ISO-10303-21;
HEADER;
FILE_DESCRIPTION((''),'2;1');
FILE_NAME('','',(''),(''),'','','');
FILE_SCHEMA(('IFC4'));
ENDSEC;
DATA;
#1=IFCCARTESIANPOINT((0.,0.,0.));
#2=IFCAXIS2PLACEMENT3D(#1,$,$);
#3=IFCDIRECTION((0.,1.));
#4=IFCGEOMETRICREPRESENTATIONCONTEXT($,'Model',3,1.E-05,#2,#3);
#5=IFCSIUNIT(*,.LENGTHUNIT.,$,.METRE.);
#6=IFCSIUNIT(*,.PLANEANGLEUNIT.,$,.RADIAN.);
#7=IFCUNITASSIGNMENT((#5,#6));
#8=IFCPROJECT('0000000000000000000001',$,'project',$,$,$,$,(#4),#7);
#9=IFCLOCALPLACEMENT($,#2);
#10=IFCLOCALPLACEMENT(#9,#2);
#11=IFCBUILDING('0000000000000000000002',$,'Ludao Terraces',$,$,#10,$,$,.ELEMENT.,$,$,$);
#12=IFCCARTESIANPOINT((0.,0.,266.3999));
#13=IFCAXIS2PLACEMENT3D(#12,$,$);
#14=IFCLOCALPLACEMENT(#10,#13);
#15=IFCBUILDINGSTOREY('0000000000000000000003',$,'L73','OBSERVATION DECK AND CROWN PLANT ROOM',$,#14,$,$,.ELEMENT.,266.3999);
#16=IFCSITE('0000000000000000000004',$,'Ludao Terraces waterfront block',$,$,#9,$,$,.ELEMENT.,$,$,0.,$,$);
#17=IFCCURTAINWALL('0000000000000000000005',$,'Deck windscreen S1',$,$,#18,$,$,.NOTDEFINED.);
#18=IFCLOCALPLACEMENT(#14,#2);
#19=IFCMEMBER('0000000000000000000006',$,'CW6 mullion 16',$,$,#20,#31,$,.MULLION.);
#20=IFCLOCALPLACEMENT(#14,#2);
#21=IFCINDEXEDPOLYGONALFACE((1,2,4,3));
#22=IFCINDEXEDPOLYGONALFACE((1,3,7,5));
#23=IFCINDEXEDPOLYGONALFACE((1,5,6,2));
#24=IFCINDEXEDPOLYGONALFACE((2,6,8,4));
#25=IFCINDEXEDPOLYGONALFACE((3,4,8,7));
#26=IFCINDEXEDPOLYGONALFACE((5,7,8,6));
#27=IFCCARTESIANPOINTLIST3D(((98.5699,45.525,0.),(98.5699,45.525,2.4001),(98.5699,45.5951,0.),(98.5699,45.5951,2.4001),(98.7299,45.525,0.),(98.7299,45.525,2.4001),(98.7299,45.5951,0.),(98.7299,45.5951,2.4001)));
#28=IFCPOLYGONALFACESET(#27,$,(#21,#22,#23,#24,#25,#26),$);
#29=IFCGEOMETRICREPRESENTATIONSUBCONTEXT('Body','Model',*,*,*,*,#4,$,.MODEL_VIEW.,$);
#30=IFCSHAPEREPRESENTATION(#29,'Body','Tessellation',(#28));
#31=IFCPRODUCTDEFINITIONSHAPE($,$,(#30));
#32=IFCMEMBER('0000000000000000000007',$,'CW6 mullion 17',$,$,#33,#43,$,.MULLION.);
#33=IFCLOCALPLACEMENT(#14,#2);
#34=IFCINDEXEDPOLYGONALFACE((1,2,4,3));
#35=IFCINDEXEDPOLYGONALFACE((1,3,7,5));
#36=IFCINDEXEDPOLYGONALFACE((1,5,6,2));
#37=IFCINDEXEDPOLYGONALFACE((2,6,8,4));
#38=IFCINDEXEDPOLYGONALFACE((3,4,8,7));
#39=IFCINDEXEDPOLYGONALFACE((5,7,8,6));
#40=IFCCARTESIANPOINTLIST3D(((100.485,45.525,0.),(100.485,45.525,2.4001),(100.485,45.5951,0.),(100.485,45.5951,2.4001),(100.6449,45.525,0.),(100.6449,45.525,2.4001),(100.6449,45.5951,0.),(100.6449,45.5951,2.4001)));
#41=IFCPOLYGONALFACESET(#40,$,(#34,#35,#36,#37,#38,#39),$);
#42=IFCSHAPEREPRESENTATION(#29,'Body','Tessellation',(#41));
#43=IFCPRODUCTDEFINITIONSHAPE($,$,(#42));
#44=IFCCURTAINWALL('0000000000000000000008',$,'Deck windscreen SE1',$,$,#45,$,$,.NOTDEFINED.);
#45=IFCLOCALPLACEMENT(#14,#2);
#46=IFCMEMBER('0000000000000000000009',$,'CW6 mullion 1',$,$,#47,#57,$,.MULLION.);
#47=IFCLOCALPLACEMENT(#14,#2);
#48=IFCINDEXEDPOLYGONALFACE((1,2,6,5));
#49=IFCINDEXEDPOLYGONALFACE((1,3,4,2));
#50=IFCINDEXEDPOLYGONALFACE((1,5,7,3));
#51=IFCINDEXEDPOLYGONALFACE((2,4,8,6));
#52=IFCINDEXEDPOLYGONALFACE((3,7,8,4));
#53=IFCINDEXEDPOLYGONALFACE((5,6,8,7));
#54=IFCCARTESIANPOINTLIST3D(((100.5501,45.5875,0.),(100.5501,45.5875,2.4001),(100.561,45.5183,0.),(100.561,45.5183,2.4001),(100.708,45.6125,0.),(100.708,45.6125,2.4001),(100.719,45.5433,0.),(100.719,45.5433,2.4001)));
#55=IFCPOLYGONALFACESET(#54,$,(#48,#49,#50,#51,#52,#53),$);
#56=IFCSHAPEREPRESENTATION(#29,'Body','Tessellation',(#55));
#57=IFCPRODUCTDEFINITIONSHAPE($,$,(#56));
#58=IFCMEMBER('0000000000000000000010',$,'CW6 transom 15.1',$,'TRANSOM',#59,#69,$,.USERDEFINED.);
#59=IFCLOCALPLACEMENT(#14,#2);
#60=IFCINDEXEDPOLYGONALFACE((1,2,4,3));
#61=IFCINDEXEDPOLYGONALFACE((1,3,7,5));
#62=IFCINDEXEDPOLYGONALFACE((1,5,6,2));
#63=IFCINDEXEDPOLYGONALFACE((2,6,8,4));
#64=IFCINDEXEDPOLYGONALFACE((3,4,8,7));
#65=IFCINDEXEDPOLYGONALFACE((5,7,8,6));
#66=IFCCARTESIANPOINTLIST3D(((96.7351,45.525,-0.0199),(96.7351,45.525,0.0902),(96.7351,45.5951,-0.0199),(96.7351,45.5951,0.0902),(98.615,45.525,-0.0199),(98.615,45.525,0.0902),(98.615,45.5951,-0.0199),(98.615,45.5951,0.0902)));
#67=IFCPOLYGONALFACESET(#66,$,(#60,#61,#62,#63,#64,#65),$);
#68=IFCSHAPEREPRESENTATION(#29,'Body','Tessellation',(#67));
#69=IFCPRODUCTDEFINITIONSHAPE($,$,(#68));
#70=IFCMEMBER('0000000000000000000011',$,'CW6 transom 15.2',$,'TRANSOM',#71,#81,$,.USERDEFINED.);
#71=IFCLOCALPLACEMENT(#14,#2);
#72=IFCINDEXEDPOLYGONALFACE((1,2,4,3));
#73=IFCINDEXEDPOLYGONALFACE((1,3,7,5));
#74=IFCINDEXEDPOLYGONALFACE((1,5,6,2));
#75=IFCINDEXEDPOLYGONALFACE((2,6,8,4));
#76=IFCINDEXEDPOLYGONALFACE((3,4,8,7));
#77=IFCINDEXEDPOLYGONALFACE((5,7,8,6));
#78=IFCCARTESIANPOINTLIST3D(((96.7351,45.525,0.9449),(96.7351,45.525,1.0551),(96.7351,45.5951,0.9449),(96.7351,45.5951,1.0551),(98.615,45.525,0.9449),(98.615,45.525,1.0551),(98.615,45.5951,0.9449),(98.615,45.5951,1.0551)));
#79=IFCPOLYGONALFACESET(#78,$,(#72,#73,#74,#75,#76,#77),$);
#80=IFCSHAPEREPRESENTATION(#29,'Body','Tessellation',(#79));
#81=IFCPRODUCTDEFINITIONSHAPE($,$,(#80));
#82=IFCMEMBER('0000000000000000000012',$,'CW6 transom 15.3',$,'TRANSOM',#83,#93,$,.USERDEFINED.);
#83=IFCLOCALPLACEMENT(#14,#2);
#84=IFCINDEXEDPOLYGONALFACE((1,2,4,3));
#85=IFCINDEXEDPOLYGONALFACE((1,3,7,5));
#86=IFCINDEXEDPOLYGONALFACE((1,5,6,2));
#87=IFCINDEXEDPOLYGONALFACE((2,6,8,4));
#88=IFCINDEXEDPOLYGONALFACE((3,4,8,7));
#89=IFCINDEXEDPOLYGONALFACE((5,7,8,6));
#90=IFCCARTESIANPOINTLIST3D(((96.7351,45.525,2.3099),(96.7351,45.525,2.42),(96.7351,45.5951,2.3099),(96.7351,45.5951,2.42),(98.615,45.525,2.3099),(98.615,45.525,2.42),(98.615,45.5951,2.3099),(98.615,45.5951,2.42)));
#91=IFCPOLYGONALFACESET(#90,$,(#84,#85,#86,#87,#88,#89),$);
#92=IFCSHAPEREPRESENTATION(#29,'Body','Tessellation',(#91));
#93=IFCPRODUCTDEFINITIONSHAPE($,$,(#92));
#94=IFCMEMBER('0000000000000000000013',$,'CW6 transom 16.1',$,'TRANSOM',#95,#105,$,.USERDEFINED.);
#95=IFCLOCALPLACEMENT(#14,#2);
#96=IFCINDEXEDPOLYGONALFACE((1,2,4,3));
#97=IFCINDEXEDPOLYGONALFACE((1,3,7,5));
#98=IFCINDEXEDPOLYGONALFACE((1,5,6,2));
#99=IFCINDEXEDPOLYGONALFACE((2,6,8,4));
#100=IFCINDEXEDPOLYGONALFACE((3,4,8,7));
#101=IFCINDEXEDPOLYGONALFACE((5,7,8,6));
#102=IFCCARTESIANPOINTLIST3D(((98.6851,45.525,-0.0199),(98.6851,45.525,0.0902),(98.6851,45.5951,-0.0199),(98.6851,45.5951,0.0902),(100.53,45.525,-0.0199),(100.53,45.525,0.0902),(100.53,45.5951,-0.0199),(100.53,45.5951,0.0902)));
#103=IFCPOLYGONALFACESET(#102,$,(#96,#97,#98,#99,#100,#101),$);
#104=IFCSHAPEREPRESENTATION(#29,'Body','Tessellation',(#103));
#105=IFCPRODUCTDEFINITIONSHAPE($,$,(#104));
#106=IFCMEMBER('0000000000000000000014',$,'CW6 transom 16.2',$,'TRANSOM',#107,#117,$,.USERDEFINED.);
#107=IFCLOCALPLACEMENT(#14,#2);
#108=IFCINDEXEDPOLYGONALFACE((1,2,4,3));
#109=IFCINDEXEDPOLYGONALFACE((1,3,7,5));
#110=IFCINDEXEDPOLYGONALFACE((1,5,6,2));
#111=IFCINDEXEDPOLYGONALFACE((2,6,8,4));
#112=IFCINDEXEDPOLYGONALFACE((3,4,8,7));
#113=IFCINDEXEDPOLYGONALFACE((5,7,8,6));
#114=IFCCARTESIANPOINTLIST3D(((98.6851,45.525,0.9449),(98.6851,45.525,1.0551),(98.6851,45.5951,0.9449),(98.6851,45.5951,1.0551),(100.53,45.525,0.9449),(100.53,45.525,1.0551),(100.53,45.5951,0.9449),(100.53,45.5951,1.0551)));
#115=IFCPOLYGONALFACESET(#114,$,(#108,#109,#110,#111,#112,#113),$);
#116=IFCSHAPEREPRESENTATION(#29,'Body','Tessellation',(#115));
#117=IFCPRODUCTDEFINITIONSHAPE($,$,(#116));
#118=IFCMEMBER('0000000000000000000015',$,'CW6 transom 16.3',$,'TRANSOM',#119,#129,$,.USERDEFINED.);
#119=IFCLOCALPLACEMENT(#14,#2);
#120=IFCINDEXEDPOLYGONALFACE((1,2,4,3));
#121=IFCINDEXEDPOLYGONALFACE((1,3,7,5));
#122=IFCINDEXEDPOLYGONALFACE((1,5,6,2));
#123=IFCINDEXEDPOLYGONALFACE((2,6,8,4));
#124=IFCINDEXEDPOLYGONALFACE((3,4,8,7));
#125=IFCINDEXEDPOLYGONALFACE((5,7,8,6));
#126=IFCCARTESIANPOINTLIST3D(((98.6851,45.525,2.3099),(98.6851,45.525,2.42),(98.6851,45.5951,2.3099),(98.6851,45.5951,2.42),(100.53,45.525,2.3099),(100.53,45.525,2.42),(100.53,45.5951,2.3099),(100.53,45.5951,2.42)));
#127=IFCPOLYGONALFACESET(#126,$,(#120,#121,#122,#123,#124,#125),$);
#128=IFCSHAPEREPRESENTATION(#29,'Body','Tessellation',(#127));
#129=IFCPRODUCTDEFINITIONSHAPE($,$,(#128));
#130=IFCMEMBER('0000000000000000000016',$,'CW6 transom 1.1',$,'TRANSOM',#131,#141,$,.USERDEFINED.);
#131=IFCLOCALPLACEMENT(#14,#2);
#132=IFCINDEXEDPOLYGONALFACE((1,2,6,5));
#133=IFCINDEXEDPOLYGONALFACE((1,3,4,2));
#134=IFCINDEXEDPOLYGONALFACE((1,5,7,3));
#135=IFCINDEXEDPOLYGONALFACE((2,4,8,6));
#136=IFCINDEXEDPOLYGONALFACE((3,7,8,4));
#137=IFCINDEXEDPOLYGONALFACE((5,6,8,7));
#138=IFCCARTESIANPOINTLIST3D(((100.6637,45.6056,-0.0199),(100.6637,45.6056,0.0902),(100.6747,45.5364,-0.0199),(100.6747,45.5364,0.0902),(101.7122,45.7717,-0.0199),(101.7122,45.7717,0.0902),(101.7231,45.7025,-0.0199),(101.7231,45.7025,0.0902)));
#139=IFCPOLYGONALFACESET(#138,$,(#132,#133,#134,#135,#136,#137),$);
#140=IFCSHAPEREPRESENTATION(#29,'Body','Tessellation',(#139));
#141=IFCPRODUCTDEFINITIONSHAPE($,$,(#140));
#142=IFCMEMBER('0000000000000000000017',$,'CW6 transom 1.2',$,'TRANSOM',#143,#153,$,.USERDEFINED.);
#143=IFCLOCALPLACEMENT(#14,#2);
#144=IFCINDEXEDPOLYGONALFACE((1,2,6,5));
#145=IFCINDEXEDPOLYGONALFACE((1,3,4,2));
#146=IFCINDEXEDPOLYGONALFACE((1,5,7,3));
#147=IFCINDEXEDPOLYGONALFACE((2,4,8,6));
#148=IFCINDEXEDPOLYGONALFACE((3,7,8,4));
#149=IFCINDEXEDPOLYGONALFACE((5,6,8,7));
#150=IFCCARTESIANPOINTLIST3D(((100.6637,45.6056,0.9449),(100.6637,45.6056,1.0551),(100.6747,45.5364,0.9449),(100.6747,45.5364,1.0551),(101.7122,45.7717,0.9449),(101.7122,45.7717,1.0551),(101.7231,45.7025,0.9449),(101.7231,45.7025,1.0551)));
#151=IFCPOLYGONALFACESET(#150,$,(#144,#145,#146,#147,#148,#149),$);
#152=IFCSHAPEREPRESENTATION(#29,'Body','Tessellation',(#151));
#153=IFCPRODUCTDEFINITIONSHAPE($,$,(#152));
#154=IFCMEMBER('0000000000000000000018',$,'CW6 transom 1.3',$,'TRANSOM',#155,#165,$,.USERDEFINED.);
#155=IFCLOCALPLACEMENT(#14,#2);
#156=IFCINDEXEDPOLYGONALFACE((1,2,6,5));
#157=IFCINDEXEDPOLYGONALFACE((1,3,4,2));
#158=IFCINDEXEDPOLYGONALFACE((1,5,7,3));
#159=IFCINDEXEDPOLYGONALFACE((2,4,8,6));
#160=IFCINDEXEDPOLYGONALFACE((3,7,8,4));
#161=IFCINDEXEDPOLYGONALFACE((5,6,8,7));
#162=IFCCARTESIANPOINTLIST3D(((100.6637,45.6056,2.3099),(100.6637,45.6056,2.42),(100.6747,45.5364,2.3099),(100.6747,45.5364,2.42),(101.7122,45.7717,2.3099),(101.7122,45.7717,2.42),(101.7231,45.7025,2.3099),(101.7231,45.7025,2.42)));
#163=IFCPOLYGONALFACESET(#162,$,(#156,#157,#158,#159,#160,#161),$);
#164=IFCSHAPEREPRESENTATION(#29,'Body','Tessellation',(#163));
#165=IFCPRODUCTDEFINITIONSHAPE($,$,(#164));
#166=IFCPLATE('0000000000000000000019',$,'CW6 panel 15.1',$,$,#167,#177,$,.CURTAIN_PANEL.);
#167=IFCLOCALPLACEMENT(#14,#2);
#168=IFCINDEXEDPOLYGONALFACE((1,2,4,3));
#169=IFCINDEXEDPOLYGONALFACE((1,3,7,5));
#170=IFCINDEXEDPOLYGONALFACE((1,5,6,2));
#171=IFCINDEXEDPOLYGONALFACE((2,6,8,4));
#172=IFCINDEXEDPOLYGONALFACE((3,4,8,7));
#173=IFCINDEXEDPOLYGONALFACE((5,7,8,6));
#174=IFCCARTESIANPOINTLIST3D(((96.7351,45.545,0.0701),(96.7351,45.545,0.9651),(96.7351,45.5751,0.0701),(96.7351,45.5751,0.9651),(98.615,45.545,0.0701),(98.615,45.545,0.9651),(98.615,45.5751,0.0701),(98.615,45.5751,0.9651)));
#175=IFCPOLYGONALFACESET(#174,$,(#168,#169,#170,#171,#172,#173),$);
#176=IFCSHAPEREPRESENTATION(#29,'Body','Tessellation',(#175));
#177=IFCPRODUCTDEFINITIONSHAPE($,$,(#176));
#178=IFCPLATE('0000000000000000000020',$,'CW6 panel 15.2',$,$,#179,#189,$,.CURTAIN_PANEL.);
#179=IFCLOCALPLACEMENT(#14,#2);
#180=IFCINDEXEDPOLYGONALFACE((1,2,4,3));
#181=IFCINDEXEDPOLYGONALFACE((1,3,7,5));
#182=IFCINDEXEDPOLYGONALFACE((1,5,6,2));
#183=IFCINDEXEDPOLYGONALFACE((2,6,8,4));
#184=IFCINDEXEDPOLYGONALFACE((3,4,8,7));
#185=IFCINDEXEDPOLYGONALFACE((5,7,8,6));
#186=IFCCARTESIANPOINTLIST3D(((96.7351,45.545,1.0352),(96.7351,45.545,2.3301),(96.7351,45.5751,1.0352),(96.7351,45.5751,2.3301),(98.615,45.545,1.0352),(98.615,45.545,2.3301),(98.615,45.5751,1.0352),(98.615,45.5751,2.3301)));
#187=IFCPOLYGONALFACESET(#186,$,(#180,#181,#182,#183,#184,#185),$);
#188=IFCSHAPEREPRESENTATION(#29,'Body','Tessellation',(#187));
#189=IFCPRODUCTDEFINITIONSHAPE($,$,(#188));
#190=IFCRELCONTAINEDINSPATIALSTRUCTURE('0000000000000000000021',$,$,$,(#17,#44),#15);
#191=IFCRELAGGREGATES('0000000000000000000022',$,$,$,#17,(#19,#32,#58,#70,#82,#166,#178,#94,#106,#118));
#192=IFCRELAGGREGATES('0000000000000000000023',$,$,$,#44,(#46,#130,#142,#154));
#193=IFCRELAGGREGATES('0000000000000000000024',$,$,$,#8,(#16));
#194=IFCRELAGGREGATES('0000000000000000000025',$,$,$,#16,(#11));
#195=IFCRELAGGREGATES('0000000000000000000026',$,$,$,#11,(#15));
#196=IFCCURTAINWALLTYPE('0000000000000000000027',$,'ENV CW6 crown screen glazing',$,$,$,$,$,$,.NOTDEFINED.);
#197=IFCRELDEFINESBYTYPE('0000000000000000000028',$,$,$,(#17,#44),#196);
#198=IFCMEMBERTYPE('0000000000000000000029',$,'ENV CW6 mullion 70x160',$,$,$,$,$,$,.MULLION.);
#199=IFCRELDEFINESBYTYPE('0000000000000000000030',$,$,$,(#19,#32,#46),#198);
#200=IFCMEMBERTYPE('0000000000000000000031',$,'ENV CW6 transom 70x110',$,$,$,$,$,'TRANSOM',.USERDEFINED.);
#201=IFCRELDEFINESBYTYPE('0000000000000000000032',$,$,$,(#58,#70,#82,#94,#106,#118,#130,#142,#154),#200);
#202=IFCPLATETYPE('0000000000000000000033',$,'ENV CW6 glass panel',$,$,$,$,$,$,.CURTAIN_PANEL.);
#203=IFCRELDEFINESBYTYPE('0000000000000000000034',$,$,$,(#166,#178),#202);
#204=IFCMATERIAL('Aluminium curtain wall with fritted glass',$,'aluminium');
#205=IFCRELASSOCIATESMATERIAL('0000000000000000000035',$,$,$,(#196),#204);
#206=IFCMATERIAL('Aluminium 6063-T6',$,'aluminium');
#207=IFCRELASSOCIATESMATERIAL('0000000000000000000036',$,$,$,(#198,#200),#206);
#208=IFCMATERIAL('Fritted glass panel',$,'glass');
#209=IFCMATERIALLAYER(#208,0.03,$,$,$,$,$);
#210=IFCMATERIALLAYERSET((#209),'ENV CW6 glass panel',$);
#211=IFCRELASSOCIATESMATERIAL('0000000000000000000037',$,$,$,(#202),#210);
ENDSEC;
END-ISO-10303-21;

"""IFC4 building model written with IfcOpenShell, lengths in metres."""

from ifc_helpers import new_model, si_unit, direction, frame, origin, origin_2d, place, context, subcontext, project, spatial, rectangle, extrude, material, layer, layer_set, material_profile, profile_set, type_object, element, aggregate, save


model = new_model("IFC4")

# Units and contexts
model_context = context("Model", 3, precision=1e-05, world=origin(), true_north=direction((0.0, 1.0)))
body_context = subcontext(model_context, "Body", "Model", "MODEL_VIEW")
ifc_project = project(units=[si_unit("LENGTHUNIT", "METRE"), si_unit("PLANEANGLEUNIT", "RADIAN")], contexts=[model_context])

# Site, building, storey
site_placement = place(None, origin())
site = spatial("IfcSite", under=ifc_project, at=site_placement, Name="Ludao Terraces waterfront block", CompositionType="ELEMENT", RefElevation=0.0)
building_placement = place(site_placement, origin())
building = spatial("IfcBuilding", under=site, at=building_placement, Name="Ludao Terraces", CompositionType="ELEMENT")
storey_placement = place(building_placement, frame((0.0, 0.0, 266.3999)))
storey = spatial("IfcBuildingStorey", under=building, at=storey_placement, Name="L73", Description="OBSERVATION DECK AND CROWN PLANT ROOM", CompositionType="ELEMENT", Elevation=266.3999)

# Curtain wall, members
ifc_material_1 = material(Name="Aluminium curtain wall with fritted glass", Category="aluminium")
curtain_wall_type = type_object("IfcCurtainWallType", Name="ENV CW6 crown screen glazing", PredefinedType="NOTDEFINED", material=ifc_material_1)
curtain_wall_1_placement = place(storey_placement, origin())
curtain_wall_1 = element("IfcCurtainWall", 1, at=curtain_wall_1_placement, inside=storey, type_object=curtain_wall_type, Name="Deck windscreen S1", PredefinedType="NOTDEFINED")
ifc_material_2 = material(Name="Aluminium 6063-T6", Category="aluminium")
ifc_material_profile_1 = material_profile(ifc_material_2, rectangle(XDim=0.0701, YDim=0.1599, at=origin_2d()), Name="70 X 160")
ifc_profile_set_1 = profile_set([ifc_material_profile_1], Name="Aluminium 6063-T6")
member_type_1 = type_object("IfcMemberType", Name="ENV CW6 mullion 70x160", PredefinedType="MULLION", material=ifc_profile_set_1)
member_1_placement = place(storey_placement, frame((98.6499, 45.5601, 0.0), z_axis=(0.0, 0.0, 1.0), x_axis=(0.0, 1.0, 0.0)))
member_1 = element("IfcMember", 2, at=member_1_placement, type_object=member_type_1, Name="CW6 mullion 16", PredefinedType="MULLION", context=body_context, shape_type="SweptSolid", body=[
    extrude(rectangle(XDim=0.0701, YDim=0.1599, at=origin_2d()), origin(), (0.0, 0.0, 1.0), 2.4001),
])
member_2_placement = place(storey_placement, frame((100.5649, 45.5601, 0.0), z_axis=(0.0, 0.0, 1.0), x_axis=(0.0, 1.0, 0.0)))
member_2 = element("IfcMember", 3, at=member_2_placement, type_object=member_type_1, Name="CW6 mullion 17", PredefinedType="MULLION", context=body_context, shape_type="SweptSolid", body=[
    extrude(rectangle(XDim=0.0701, YDim=0.1599, at=origin_2d()), origin(), (0.0, 0.0, 1.0), 2.4001),
])

# Curtain wall, member
curtain_wall_2_placement = place(storey_placement, origin())
curtain_wall_2 = element("IfcCurtainWall", 4, at=curtain_wall_2_placement, inside=storey, type_object=curtain_wall_type, Name="Deck windscreen SE1", PredefinedType="NOTDEFINED")
member_3_placement = place(storey_placement, frame((100.6345, 45.5654, 0.0), z_axis=(0.0, 0.0, 1.0), x_axis=(-0.156435, 0.987688, 0.0)))
member_3 = element("IfcMember", 5, at=member_3_placement, type_object=member_type_1, Name="CW6 mullion 1", PredefinedType="MULLION", context=body_context, shape_type="SweptSolid", body=[
    extrude(rectangle(XDim=0.0701, YDim=0.1599, at=origin_2d()), origin(), (0.0, 0.0, 1.0), 2.4001),
])

# Members
ifc_material_profile_2 = material_profile(ifc_material_2, rectangle(XDim=0.0701, YDim=0.1101, at=origin_2d()), Name="70 X 110")
ifc_profile_set_2 = profile_set([ifc_material_profile_2], Name="Aluminium 6063-T6")
member_type_2 = type_object("IfcMemberType", Name="ENV CW6 transom 70x110", ElementType="TRANSOM", PredefinedType="USERDEFINED", material=ifc_profile_set_2)
member_4_placement = place(storey_placement, frame((96.7351, 45.5601, 0.0352), z_axis=(1.0, 0.0, 0.0), x_axis=(0.0, 1.0, 0.0)))
member_4 = element("IfcMember", 6, at=member_4_placement, type_object=member_type_2, Name="CW6 transom 15.1", ObjectType="TRANSOM", PredefinedType="USERDEFINED", context=body_context, shape_type="SweptSolid", body=[
    extrude(rectangle(XDim=0.0701, YDim=0.1101, at=origin_2d()), origin(), (0.0, 0.0, 1.0), 1.8799),
])
member_5_placement = place(storey_placement, frame((96.7351, 45.5601, 1.0), z_axis=(1.0, 0.0, 0.0), x_axis=(0.0, 1.0, 0.0)))
member_5 = element("IfcMember", 7, at=member_5_placement, type_object=member_type_2, Name="CW6 transom 15.2", ObjectType="TRANSOM", PredefinedType="USERDEFINED", context=body_context, shape_type="SweptSolid", body=[
    extrude(rectangle(XDim=0.0701, YDim=0.1101, at=origin_2d()), origin(), (0.0, 0.0, 1.0), 1.8799),
])
member_6_placement = place(storey_placement, frame((96.7351, 45.5601, 2.365), z_axis=(1.0, 0.0, 0.0), x_axis=(0.0, 1.0, 0.0)))
member_6 = element("IfcMember", 8, at=member_6_placement, type_object=member_type_2, Name="CW6 transom 15.3", ObjectType="TRANSOM", PredefinedType="USERDEFINED", context=body_context, shape_type="SweptSolid", body=[
    extrude(rectangle(XDim=0.0701, YDim=0.1101, at=origin_2d()), origin(), (0.0, 0.0, 1.0), 1.8799),
])
member_7_placement = place(storey_placement, frame((98.6851, 45.5601, 0.0352), z_axis=(1.0, 0.0, 0.0), x_axis=(0.0, 1.0, 0.0)))
member_7 = element("IfcMember", 9, at=member_7_placement, type_object=member_type_2, Name="CW6 transom 16.1", ObjectType="TRANSOM", PredefinedType="USERDEFINED", context=body_context, shape_type="SweptSolid", body=[
    extrude(rectangle(XDim=0.0701, YDim=0.1101, at=origin_2d()), origin(), (0.0, 0.0, 1.0), 1.845),
])
member_8_placement = place(storey_placement, frame((98.6851, 45.5601, 1.0), z_axis=(1.0, 0.0, 0.0), x_axis=(0.0, 1.0, 0.0)))
member_8 = element("IfcMember", 10, at=member_8_placement, type_object=member_type_2, Name="CW6 transom 16.2", ObjectType="TRANSOM", PredefinedType="USERDEFINED", context=body_context, shape_type="SweptSolid", body=[
    extrude(rectangle(XDim=0.0701, YDim=0.1101, at=origin_2d()), origin(), (0.0, 0.0, 1.0), 1.845),
])
member_9_placement = place(storey_placement, frame((98.6851, 45.5601, 2.365), z_axis=(1.0, 0.0, 0.0), x_axis=(0.0, 1.0, 0.0)))
member_9 = element("IfcMember", 11, at=member_9_placement, type_object=member_type_2, Name="CW6 transom 16.3", ObjectType="TRANSOM", PredefinedType="USERDEFINED", context=body_context, shape_type="SweptSolid", body=[
    extrude(rectangle(XDim=0.0701, YDim=0.1101, at=origin_2d()), origin(), (0.0, 0.0, 1.0), 1.845),
])
member_10_placement = place(storey_placement, frame((100.6692, 45.571, 0.0352), z_axis=(0.987692, 0.156411, 0.0), x_axis=(-0.156411, 0.987692, 0.0)))
member_10 = element("IfcMember", 12, at=member_10_placement, type_object=member_type_2, Name="CW6 transom 1.1", ObjectType="TRANSOM", PredefinedType="USERDEFINED", context=body_context, shape_type="SweptSolid", body=[
    extrude(rectangle(XDim=0.0701, YDim=0.1101, at=origin_2d()), origin(), (0.0, 0.0, 1.0), 1.0615),
])
member_11_placement = place(storey_placement, frame((100.6692, 45.571, 1.0), z_axis=(0.987692, 0.156411, 0.0), x_axis=(-0.156411, 0.987692, 0.0)))
member_11 = element("IfcMember", 13, at=member_11_placement, type_object=member_type_2, Name="CW6 transom 1.2", ObjectType="TRANSOM", PredefinedType="USERDEFINED", context=body_context, shape_type="SweptSolid", body=[
    extrude(rectangle(XDim=0.0701, YDim=0.1101, at=origin_2d()), origin(), (0.0, 0.0, 1.0), 1.0615),
])
member_12_placement = place(storey_placement, frame((100.6692, 45.571, 2.365), z_axis=(0.987692, 0.156411, 0.0), x_axis=(-0.156411, 0.987692, 0.0)))
member_12 = element("IfcMember", 14, at=member_12_placement, type_object=member_type_2, Name="CW6 transom 1.3", ObjectType="TRANSOM", PredefinedType="USERDEFINED", context=body_context, shape_type="SweptSolid", body=[
    extrude(rectangle(XDim=0.0701, YDim=0.1101, at=origin_2d()), origin(), (0.0, 0.0, 1.0), 1.0615),
])

# Plates
ifc_material_3 = material(Name="Fritted glass panel", Category="glass")
ifc_layer_1 = layer(ifc_material_3, 0.03)
ifc_layer_set_1 = layer_set([ifc_layer_1], Name="ENV CW6 glass panel")
plate_type = type_object("IfcPlateType", Name="ENV CW6 glass panel", PredefinedType="CURTAIN_PANEL", material=ifc_layer_set_1)
plate_1_placement = place(storey_placement, frame((97.675, 45.5601, 0.0701), z_axis=(0.0, 0.0, 1.0), x_axis=(1.0, 0.0, 0.0)))
plate_1 = element("IfcPlate", 15, at=plate_1_placement, type_object=plate_type, Name="CW6 panel 15.1", PredefinedType="CURTAIN_PANEL", context=body_context, shape_type="SweptSolid", body=[
    extrude(rectangle(XDim=1.8799, YDim=0.03, at=origin_2d()), origin(), (0.0, 0.0, 1.0), 0.895),
])
plate_2_placement = place(storey_placement, frame((97.675, 45.5601, 1.0352), z_axis=(0.0, 0.0, 1.0), x_axis=(1.0, 0.0, 0.0)))
plate_2 = element("IfcPlate", 16, at=plate_2_placement, type_object=plate_type, Name="CW6 panel 15.2", PredefinedType="CURTAIN_PANEL", context=body_context, shape_type="SweptSolid", body=[
    extrude(rectangle(XDim=1.8799, YDim=0.03, at=origin_2d()), origin(), (0.0, 0.0, 1.0), 1.2949),
])
aggregate(curtain_wall_1, [member_1, member_2, member_4, member_5, member_6, plate_1, plate_2, member_7, member_8, member_9])
aggregate(curtain_wall_2, [member_3, member_10, member_11, member_12])

save(model, "model.ifc")
